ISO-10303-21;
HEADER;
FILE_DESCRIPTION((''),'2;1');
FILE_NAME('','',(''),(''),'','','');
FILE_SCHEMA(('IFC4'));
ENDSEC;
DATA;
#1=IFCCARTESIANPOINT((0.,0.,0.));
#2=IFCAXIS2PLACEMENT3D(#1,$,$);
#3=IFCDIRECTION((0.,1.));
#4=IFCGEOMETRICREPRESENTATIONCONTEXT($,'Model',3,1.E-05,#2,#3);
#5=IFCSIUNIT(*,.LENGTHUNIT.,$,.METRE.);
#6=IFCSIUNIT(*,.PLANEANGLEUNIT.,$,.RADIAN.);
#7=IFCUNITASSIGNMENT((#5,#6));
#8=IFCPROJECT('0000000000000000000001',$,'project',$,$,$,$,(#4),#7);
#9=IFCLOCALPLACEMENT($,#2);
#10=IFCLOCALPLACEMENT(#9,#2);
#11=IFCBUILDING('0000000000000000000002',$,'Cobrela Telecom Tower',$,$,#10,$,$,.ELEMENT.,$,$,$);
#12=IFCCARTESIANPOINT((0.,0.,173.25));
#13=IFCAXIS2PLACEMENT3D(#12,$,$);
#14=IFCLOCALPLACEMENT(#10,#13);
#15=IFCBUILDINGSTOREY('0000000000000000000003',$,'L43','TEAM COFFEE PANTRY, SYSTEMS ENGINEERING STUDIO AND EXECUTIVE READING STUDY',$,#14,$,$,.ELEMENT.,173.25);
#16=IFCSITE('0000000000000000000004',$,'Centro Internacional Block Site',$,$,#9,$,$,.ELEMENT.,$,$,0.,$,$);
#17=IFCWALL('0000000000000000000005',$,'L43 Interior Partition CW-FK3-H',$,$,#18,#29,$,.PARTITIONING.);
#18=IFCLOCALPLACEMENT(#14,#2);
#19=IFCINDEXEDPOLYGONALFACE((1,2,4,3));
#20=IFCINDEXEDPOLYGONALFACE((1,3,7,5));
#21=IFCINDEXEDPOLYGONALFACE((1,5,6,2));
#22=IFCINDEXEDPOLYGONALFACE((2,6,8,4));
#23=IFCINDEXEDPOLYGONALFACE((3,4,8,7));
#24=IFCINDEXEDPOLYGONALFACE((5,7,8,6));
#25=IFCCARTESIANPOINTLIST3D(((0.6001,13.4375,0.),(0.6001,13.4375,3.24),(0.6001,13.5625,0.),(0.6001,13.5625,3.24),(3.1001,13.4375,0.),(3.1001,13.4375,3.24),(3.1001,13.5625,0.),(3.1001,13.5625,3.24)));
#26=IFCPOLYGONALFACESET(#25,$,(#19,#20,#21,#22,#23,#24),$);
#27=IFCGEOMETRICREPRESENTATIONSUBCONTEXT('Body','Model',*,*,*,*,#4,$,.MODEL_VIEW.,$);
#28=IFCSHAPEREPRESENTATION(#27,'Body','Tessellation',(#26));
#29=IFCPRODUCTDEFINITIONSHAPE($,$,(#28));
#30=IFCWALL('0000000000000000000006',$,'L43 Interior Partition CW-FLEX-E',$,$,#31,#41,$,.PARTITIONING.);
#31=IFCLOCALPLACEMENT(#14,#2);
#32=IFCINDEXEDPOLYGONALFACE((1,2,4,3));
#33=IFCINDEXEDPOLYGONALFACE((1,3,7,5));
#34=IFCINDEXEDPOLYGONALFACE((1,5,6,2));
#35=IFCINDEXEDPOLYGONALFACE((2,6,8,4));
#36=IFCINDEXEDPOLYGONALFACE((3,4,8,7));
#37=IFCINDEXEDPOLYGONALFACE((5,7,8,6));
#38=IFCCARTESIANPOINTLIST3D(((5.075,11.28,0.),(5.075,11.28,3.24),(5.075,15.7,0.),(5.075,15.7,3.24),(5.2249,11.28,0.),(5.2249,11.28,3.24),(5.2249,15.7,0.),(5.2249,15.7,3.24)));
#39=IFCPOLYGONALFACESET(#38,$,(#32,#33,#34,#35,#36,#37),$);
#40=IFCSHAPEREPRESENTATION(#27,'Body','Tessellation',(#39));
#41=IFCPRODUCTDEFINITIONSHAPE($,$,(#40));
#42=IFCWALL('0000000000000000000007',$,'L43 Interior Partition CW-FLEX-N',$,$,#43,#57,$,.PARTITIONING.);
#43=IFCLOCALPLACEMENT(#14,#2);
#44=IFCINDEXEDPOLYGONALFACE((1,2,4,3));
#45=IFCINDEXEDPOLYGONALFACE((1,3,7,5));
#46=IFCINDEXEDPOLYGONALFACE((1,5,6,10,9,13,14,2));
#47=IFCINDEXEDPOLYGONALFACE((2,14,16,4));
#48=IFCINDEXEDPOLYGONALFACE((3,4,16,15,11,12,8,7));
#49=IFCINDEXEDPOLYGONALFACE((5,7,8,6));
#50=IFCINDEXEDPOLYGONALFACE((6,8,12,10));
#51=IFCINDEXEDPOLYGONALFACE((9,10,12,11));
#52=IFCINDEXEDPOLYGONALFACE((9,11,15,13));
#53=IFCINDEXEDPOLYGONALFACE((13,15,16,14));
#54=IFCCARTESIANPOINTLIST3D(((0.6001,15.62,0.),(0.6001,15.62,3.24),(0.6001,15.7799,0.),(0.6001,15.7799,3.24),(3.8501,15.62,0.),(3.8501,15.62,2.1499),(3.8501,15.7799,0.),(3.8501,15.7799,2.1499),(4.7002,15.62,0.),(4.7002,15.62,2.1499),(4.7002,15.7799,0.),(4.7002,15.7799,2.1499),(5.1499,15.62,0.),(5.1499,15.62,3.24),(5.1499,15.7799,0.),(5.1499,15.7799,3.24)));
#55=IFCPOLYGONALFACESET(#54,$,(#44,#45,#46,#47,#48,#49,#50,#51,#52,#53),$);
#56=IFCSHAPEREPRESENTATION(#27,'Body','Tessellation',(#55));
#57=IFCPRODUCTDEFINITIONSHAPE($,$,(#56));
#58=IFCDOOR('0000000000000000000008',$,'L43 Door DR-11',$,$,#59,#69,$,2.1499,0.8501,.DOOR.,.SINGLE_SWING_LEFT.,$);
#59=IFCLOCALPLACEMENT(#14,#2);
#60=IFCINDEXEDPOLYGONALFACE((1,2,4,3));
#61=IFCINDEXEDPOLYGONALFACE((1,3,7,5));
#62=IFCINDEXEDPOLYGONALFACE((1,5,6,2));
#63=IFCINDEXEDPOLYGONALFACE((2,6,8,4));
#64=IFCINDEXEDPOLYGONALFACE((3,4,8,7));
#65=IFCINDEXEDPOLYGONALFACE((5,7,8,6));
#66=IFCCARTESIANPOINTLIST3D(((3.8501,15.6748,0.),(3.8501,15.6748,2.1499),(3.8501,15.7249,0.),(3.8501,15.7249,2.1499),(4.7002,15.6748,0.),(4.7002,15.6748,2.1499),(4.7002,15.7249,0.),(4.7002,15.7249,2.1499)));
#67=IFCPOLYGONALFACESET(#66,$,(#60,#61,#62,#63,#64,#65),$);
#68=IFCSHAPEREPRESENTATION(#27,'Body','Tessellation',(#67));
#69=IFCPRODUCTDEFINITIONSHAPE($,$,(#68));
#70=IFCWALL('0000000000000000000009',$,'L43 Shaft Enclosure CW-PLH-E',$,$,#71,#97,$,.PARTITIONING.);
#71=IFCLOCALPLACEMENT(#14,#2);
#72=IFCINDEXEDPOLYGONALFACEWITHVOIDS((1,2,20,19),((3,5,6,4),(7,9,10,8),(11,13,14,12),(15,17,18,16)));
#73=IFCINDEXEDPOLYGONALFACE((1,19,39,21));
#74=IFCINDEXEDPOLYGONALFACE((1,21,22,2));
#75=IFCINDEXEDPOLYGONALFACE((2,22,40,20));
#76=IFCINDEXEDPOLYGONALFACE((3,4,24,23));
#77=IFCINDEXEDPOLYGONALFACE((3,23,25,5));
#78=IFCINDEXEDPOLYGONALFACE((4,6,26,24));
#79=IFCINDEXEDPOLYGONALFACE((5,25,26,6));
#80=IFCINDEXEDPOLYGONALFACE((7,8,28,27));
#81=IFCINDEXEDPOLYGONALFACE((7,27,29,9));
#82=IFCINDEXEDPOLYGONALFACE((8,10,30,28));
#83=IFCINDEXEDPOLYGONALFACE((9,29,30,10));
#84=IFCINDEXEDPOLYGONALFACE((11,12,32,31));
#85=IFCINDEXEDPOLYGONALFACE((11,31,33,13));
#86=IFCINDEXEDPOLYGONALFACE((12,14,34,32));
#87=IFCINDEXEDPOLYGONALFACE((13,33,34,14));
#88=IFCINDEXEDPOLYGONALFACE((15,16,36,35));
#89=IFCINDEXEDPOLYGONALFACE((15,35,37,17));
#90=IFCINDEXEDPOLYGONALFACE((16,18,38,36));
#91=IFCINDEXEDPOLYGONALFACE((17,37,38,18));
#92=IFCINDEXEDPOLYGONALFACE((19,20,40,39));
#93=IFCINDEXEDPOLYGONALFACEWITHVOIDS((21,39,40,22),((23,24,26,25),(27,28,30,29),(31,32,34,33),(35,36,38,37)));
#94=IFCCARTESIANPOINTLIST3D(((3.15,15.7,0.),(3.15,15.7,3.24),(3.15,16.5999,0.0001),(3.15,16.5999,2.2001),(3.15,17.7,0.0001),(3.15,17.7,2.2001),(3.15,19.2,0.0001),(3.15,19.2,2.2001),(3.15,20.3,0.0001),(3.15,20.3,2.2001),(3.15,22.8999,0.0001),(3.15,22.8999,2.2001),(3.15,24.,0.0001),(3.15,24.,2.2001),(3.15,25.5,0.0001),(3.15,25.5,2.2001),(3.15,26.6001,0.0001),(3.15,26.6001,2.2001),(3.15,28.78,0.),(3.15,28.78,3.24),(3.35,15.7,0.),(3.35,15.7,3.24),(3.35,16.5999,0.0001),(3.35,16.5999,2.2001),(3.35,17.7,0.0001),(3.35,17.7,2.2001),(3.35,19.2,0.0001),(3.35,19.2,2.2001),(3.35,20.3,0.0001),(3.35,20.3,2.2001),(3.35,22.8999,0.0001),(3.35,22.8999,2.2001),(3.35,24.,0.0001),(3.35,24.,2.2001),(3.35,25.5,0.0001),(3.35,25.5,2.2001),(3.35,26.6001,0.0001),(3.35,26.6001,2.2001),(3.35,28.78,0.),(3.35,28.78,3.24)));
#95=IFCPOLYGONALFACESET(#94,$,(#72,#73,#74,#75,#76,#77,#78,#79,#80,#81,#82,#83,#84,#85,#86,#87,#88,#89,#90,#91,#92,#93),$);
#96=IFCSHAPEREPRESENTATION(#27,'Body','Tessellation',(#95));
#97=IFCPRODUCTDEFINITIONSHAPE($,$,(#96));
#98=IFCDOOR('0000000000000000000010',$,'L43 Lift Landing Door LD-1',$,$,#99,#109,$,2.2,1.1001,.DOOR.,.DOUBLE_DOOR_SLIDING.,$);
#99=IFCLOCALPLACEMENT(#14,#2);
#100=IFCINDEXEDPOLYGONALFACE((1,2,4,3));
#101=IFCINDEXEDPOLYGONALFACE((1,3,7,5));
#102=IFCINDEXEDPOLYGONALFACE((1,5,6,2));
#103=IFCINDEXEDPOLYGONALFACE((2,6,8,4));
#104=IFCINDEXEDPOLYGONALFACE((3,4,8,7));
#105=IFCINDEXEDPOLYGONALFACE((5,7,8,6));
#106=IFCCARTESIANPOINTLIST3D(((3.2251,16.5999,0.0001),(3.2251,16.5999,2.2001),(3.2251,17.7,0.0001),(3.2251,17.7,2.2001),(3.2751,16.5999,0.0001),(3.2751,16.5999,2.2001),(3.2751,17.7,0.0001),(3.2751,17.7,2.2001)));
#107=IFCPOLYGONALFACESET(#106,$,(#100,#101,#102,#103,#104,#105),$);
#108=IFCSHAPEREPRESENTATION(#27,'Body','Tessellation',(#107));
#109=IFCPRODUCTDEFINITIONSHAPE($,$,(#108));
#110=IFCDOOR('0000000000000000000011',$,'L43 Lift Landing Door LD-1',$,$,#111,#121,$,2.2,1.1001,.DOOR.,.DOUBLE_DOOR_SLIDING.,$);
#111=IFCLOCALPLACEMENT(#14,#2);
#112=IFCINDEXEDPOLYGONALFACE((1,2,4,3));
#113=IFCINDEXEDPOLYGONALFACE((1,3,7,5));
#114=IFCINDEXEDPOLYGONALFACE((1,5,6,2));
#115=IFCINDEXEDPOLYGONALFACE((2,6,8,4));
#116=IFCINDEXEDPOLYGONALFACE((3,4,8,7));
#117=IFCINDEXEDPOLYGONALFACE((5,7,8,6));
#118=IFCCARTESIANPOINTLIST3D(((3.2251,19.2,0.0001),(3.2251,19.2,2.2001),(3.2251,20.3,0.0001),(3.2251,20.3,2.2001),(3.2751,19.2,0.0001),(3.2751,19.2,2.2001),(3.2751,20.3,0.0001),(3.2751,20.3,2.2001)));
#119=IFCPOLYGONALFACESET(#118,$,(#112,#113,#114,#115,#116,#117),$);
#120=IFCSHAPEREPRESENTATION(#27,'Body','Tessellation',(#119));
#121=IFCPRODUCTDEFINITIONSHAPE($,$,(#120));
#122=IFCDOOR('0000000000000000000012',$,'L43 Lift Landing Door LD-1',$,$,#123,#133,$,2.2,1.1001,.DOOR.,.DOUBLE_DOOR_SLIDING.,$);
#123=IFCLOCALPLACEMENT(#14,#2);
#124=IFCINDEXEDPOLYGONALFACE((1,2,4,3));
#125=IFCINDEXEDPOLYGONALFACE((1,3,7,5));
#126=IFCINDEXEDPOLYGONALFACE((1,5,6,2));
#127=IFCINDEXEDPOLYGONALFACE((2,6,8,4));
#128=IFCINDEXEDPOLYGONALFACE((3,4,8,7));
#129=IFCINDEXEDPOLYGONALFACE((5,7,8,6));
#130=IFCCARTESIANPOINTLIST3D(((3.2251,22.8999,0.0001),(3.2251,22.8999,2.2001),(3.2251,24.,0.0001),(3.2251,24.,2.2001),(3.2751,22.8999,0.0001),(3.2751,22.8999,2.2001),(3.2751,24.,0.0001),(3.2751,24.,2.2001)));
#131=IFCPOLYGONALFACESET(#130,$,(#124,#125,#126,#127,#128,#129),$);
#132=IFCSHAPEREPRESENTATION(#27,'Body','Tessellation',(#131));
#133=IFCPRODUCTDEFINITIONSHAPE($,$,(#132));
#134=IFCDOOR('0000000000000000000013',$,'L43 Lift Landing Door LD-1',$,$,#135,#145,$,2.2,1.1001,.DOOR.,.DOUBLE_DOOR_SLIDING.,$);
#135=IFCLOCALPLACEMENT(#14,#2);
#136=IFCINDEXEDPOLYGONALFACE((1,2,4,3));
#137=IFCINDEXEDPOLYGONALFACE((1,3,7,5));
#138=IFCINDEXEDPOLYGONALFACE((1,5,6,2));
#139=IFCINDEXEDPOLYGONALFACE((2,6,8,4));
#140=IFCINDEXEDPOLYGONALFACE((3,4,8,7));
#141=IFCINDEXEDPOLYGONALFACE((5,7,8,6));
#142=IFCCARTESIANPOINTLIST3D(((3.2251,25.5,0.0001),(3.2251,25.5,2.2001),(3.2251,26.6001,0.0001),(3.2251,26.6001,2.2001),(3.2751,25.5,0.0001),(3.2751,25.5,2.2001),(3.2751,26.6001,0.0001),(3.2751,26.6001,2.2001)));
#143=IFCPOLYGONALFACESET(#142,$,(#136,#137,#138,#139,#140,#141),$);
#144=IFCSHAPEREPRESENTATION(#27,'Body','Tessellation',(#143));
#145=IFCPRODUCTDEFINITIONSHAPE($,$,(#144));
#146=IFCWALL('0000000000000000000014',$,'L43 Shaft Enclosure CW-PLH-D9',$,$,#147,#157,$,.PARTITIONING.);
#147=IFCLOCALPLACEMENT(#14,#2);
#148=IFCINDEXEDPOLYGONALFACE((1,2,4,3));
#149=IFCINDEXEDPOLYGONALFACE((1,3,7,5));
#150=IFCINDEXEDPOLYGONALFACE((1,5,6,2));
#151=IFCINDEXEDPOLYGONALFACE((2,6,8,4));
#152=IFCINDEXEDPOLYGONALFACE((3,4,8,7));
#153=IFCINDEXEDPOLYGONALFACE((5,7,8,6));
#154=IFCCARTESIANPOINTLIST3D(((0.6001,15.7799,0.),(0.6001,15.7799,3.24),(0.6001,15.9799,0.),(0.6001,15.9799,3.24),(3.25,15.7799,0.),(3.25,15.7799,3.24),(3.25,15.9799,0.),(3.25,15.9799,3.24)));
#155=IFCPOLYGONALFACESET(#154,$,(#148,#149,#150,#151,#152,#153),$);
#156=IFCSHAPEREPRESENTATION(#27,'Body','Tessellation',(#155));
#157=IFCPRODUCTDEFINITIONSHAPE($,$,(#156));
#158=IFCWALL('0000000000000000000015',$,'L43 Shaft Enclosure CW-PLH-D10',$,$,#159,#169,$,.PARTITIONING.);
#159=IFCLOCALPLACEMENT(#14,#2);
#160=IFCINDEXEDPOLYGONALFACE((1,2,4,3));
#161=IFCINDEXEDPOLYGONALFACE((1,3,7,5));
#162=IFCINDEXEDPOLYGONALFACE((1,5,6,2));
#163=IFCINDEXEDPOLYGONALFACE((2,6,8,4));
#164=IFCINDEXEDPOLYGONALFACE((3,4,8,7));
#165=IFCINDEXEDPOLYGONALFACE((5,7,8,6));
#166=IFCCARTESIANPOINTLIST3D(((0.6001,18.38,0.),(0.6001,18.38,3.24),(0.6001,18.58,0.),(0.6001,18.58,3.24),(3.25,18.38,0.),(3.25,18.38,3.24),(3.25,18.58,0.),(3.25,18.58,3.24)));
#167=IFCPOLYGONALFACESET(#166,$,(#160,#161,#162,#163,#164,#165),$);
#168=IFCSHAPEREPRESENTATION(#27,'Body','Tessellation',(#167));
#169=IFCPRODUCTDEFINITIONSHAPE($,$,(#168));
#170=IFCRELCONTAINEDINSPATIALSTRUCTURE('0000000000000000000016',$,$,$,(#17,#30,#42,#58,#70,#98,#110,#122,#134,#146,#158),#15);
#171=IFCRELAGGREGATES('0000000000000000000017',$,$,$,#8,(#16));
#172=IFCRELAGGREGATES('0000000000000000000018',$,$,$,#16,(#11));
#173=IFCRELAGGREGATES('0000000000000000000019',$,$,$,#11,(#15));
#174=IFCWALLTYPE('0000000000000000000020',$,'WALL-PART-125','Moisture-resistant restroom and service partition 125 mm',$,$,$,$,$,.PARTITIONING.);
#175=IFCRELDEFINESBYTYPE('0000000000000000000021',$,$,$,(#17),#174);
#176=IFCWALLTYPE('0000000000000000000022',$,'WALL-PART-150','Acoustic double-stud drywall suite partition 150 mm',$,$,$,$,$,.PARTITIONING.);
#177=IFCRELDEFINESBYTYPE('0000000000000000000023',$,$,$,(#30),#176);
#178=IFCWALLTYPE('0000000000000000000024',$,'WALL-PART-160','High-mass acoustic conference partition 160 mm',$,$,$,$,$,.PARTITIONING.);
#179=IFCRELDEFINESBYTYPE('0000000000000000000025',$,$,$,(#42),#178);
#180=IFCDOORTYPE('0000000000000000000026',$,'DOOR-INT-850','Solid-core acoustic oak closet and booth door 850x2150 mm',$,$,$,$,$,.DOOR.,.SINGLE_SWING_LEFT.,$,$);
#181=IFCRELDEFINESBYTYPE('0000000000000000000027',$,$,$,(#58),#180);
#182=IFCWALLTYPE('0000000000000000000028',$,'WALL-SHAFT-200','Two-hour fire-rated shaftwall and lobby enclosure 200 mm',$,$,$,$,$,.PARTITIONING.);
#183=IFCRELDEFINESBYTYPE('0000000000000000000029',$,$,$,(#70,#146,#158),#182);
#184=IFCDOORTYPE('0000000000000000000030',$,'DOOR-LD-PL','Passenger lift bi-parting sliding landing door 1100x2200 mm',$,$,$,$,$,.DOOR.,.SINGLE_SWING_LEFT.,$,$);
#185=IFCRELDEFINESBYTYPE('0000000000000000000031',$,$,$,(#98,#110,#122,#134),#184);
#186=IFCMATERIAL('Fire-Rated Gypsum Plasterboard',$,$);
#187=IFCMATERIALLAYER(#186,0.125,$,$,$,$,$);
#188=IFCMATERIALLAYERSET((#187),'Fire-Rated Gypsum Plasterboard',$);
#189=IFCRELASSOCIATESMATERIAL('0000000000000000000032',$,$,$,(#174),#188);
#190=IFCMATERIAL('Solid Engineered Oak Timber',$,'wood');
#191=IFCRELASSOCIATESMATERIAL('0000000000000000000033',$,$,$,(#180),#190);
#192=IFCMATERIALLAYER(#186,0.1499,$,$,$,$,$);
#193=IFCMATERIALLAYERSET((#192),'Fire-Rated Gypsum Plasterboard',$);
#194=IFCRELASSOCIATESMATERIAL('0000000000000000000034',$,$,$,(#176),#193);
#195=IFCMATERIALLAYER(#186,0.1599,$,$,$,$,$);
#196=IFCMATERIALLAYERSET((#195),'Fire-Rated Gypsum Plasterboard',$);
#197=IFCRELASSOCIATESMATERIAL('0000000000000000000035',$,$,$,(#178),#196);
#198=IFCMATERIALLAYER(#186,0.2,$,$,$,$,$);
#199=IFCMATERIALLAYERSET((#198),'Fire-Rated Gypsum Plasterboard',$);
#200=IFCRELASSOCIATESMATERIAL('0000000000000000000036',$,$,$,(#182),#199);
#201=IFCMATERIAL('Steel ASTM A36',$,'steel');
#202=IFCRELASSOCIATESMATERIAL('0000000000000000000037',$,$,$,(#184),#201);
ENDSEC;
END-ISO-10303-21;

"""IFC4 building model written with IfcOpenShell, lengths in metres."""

from ifc_helpers import new_model, si_unit, direction, frame, frame_2d, origin, place, context, subcontext, project, spatial, rectangle, extrude, material, layer, layer_set, type_object, element, fill, save


model = new_model("IFC4")

# Units and contexts
model_context = context("Model", 3, precision=1e-05, world=origin(), true_north=direction((0.0, 1.0)))
body_context = subcontext(model_context, "Body", "Model", "MODEL_VIEW")
ifc_project = project(units=[si_unit("LENGTHUNIT", "METRE"), si_unit("PLANEANGLEUNIT", "RADIAN")], contexts=[model_context])

# Site, building, storey
site_placement = place(None, origin())
site = spatial("IfcSite", under=ifc_project, at=site_placement, Name="Centro Internacional Block Site", CompositionType="ELEMENT", RefElevation=0.0)
building_placement = place(site_placement, origin())
building = spatial("IfcBuilding", under=site, at=building_placement, Name="Cobrela Telecom Tower", CompositionType="ELEMENT")
storey_placement = place(building_placement, frame((0.0, 0.0, 173.25)))
storey = spatial("IfcBuildingStorey", under=building, at=storey_placement, Name="L43", Description="TEAM COFFEE PANTRY, SYSTEMS ENGINEERING STUDIO AND EXECUTIVE READING STUDY", CompositionType="ELEMENT", Elevation=173.25)

# Wall
ifc_material_1 = material(Name="Fire-Rated Gypsum Plasterboard")
ifc_layer_1 = layer(ifc_material_1, 0.125)
ifc_layer_set_1 = layer_set([ifc_layer_1], Name="Fire-Rated Gypsum Plasterboard")
wall_type_1 = type_object("IfcWallType", Name="WALL-PART-125", Description="Moisture-resistant restroom and service partition 125 mm", PredefinedType="PARTITIONING", material=ifc_layer_set_1)
wall_1_placement = place(storey_placement, frame((0.6001, 13.5, 0.0), z_axis=(0.0, 0.0, 1.0), x_axis=(1.0, 0.0, 0.0)))
element("IfcWall", 1, at=wall_1_placement, inside=storey, type_object=wall_type_1, Name="L43 Interior Partition CW-FK3-H", PredefinedType="PARTITIONING", context=body_context, shape_type="SweptSolid", body=[
    extrude(rectangle(XDim=2.5, YDim=0.125, at=frame_2d((1.25, 0.0))), origin(), (0.0, 0.0, 1.0), 3.24),
])

# Shared definitions
ifc_material_2 = material(Name="Solid Engineered Oak Timber", Category="wood")
door_type_1 = type_object("IfcDoorType", Name="DOOR-INT-850", Description="Solid-core acoustic oak closet and booth door 850x2150 mm", OperationType="SINGLE_SWING_LEFT", PredefinedType="DOOR", material=ifc_material_2)

# Wall
ifc_layer_2 = layer(ifc_material_1, 0.1499)
ifc_layer_set_2 = layer_set([ifc_layer_2], Name="Fire-Rated Gypsum Plasterboard")
wall_type_2 = type_object("IfcWallType", Name="WALL-PART-150", Description="Acoustic double-stud drywall suite partition 150 mm", PredefinedType="PARTITIONING", material=ifc_layer_set_2)
wall_2_placement = place(storey_placement, frame((5.1499, 11.28, 0.0), z_axis=(0.0, 0.0, 1.0), x_axis=(0.0, 1.0, 0.0)))
element("IfcWall", 2, at=wall_2_placement, inside=storey, type_object=wall_type_2, Name="L43 Interior Partition CW-FLEX-E", PredefinedType="PARTITIONING", context=body_context, shape_type="SweptSolid", body=[
    extrude(rectangle(XDim=4.4199, YDim=0.1499, at=frame_2d((2.21, 0.0))), origin(), (0.0, 0.0, 1.0), 3.24),
])

# Wall, opening, door
ifc_layer_3 = layer(ifc_material_1, 0.1599)
ifc_layer_set_3 = layer_set([ifc_layer_3], Name="Fire-Rated Gypsum Plasterboard")
wall_type_3 = type_object("IfcWallType", Name="WALL-PART-160", Description="High-mass acoustic conference partition 160 mm", PredefinedType="PARTITIONING", material=ifc_layer_set_3)
wall_3_placement = place(storey_placement, frame((0.6001, 15.7, 0.0), z_axis=(0.0, 0.0, 1.0), x_axis=(1.0, 0.0, 0.0)))
wall_3 = element("IfcWall", 3, at=wall_3_placement, inside=storey, type_object=wall_type_3, Name="L43 Interior Partition CW-FLEX-N", PredefinedType="PARTITIONING", context=body_context, shape_type="SweptSolid", body=[
    extrude(rectangle(XDim=4.5498, YDim=0.1599, at=frame_2d((2.2749, 0.0))), origin(), (0.0, 0.0, 1.0), 3.24),
])
opening_1_placement = place(wall_3_placement, frame((3.25, 0.0, 0.0)))
opening_1 = element("IfcOpeningElement", 4, at=opening_1_placement, cuts=wall_3, PredefinedType="OPENING", context=body_context, shape_type="SweptSolid", body=[
    extrude(rectangle(XDim=0.8501, YDim=2.1499, at=frame_2d((0.425, 1.075))), frame((0.0, 0.0918, 0.0), z_axis=(0.0, -1.0, 0.0), x_axis=(1.0, 0.0, 0.0)), (0.0, 0.0, 1.0), 0.1838),
])
door_1_placement = place(opening_1_placement, origin())
door_1 = element("IfcDoor", 5, at=door_1_placement, inside=storey, type_object=door_type_1, Name="L43 Door DR-11", OperationType="SINGLE_SWING_LEFT", OverallHeight=2.1499, OverallWidth=0.8501, PredefinedType="DOOR", context=body_context, shape_type="SweptSolid", body=[
    extrude(rectangle(XDim=0.8501, YDim=2.1499, at=frame_2d((0.425, 1.075))), frame((0.0, 0.0249, 0.0), z_axis=(0.0, -1.0, 0.0), x_axis=(1.0, 0.0, 0.0)), (0.0, 0.0, 1.0), 0.05),
])
fill(opening_1, door_1)

# Wall, openings, doors
ifc_layer_4 = layer(ifc_material_1, 0.2)
ifc_layer_set_4 = layer_set([ifc_layer_4], Name="Fire-Rated Gypsum Plasterboard")
wall_type_4 = type_object("IfcWallType", Name="WALL-SHAFT-200", Description="Two-hour fire-rated shaftwall and lobby enclosure 200 mm", PredefinedType="PARTITIONING", material=ifc_layer_set_4)
wall_4_placement = place(storey_placement, frame((3.25, 15.7, 0.0), z_axis=(0.0, 0.0, 1.0), x_axis=(0.0, 1.0, 0.0)))
wall_4 = element("IfcWall", 6, at=wall_4_placement, inside=storey, type_object=wall_type_4, Name="L43 Shaft Enclosure CW-PLH-E", PredefinedType="PARTITIONING", context=body_context, shape_type="SweptSolid", body=[
    extrude(rectangle(XDim=13.0801, YDim=0.2, at=frame_2d((6.54, 0.0))), origin(), (0.0, 0.0, 1.0), 3.24),
])
opening_2_placement = place(wall_4_placement, frame((0.8999, 0.0, 0.0)))
opening_2 = element("IfcOpeningElement", 7, at=opening_2_placement, cuts=wall_4, PredefinedType="OPENING", context=body_context, shape_type="SweptSolid", body=[
    extrude(rectangle(XDim=1.1001, YDim=2.2, at=frame_2d((0.55, 1.1001))), frame((0.0, 0.1118, 0.0), z_axis=(0.0, -1.0, 0.0), x_axis=(1.0, 0.0, 0.0)), (0.0, 0.0, 1.0), 0.2239),
])
opening_3_placement = place(wall_4_placement, frame((3.5, 0.0, 0.0)))
opening_3 = element("IfcOpeningElement", 8, at=opening_3_placement, cuts=wall_4, PredefinedType="OPENING", context=body_context, shape_type="SweptSolid", body=[
    extrude(rectangle(XDim=1.1001, YDim=2.2, at=frame_2d((0.55, 1.1001))), frame((0.0, 0.1118, 0.0), z_axis=(0.0, -1.0, 0.0), x_axis=(1.0, 0.0, 0.0)), (0.0, 0.0, 1.0), 0.2239),
])
opening_4_placement = place(wall_4_placement, frame((7.2, 0.0, 0.0)))
opening_4 = element("IfcOpeningElement", 9, at=opening_4_placement, cuts=wall_4, PredefinedType="OPENING", context=body_context, shape_type="SweptSolid", body=[
    extrude(rectangle(XDim=1.1001, YDim=2.2, at=frame_2d((0.55, 1.1001))), frame((0.0, 0.1118, 0.0), z_axis=(0.0, -1.0, 0.0), x_axis=(1.0, 0.0, 0.0)), (0.0, 0.0, 1.0), 0.2239),
])
opening_5_placement = place(wall_4_placement, frame((9.8, 0.0, 0.0)))
opening_5 = element("IfcOpeningElement", 10, at=opening_5_placement, cuts=wall_4, PredefinedType="OPENING", context=body_context, shape_type="SweptSolid", body=[
    extrude(rectangle(XDim=1.1001, YDim=2.2, at=frame_2d((0.55, 1.1001))), frame((0.0, 0.1118, 0.0), z_axis=(0.0, -1.0, 0.0), x_axis=(1.0, 0.0, 0.0)), (0.0, 0.0, 1.0), 0.2239),
])
ifc_material_3 = material(Name="Steel ASTM A36", Category="steel")
door_type_2 = type_object("IfcDoorType", Name="DOOR-LD-PL", Description="Passenger lift bi-parting sliding landing door 1100x2200 mm", OperationType="SINGLE_SWING_LEFT", PredefinedType="DOOR", material=ifc_material_3)
door_2_placement = place(opening_2_placement, origin())
door_2 = element("IfcDoor", 11, at=door_2_placement, inside=storey, type_object=door_type_2, Name="L43 Lift Landing Door LD-1", OperationType="DOUBLE_DOOR_SLIDING", OverallHeight=2.2, OverallWidth=1.1001, PredefinedType="DOOR", context=body_context, shape_type="SweptSolid", body=[
    extrude(rectangle(XDim=1.1001, YDim=2.2, at=frame_2d((0.55, 1.1001))), frame((0.0, 0.0249, 0.0), z_axis=(0.0, -1.0, 0.0), x_axis=(1.0, 0.0, 0.0)), (0.0, 0.0, 1.0), 0.05),
])
fill(opening_2, door_2)
door_3_placement = place(opening_3_placement, origin())
door_3 = element("IfcDoor", 12, at=door_3_placement, inside=storey, type_object=door_type_2, Name="L43 Lift Landing Door LD-1", OperationType="DOUBLE_DOOR_SLIDING", OverallHeight=2.2, OverallWidth=1.1001, PredefinedType="DOOR", context=body_context, shape_type="SweptSolid", body=[
    extrude(rectangle(XDim=1.1001, YDim=2.2, at=frame_2d((0.55, 1.1001))), frame((0.0, 0.0249, 0.0), z_axis=(0.0, -1.0, 0.0), x_axis=(1.0, 0.0, 0.0)), (0.0, 0.0, 1.0), 0.05),
])
fill(opening_3, door_3)
door_4_placement = place(opening_4_placement, origin())
door_4 = element("IfcDoor", 13, at=door_4_placement, inside=storey, type_object=door_type_2, Name="L43 Lift Landing Door LD-1", OperationType="DOUBLE_DOOR_SLIDING", OverallHeight=2.2, OverallWidth=1.1001, PredefinedType="DOOR", context=body_context, shape_type="SweptSolid", body=[
    extrude(rectangle(XDim=1.1001, YDim=2.2, at=frame_2d((0.55, 1.1001))), frame((0.0, 0.0249, 0.0), z_axis=(0.0, -1.0, 0.0), x_axis=(1.0, 0.0, 0.0)), (0.0, 0.0, 1.0), 0.05),
])
fill(opening_4, door_4)
door_5_placement = place(opening_5_placement, origin())
door_5 = element("IfcDoor", 14, at=door_5_placement, inside=storey, type_object=door_type_2, Name="L43 Lift Landing Door LD-1", OperationType="DOUBLE_DOOR_SLIDING", OverallHeight=2.2, OverallWidth=1.1001, PredefinedType="DOOR", context=body_context, shape_type="SweptSolid", body=[
    extrude(rectangle(XDim=1.1001, YDim=2.2, at=frame_2d((0.55, 1.1001))), frame((0.0, 0.0249, 0.0), z_axis=(0.0, -1.0, 0.0), x_axis=(1.0, 0.0, 0.0)), (0.0, 0.0, 1.0), 0.05),
])
fill(opening_5, door_5)

# Walls
for number, where, z_axis, x_axis, name in (
    (15, (0.6001, 15.8799, 0.0), (0.0, 0.0, 1.0), (1.0, 0.0, 0.0), "L43 Shaft Enclosure CW-PLH-D9"),
    (16, (0.6001, 18.48, 0.0), (0.0, 0.0, 1.0), (1.0, 0.0, 0.0), "L43 Shaft Enclosure CW-PLH-D10"),
):
    element("IfcWall", number, at=place(storey_placement, frame(where, z_axis=z_axis, x_axis=x_axis)), inside=storey, type_object=wall_type_4, Name=name, PredefinedType="PARTITIONING", context=body_context, shape_type="SweptSolid", body=[
        extrude(rectangle(XDim=2.6499, YDim=0.2, at=frame_2d((1.325, 0.0))), origin(), (0.0, 0.0, 1.0), 3.24),
    ])

save(model, "model.ifc")
